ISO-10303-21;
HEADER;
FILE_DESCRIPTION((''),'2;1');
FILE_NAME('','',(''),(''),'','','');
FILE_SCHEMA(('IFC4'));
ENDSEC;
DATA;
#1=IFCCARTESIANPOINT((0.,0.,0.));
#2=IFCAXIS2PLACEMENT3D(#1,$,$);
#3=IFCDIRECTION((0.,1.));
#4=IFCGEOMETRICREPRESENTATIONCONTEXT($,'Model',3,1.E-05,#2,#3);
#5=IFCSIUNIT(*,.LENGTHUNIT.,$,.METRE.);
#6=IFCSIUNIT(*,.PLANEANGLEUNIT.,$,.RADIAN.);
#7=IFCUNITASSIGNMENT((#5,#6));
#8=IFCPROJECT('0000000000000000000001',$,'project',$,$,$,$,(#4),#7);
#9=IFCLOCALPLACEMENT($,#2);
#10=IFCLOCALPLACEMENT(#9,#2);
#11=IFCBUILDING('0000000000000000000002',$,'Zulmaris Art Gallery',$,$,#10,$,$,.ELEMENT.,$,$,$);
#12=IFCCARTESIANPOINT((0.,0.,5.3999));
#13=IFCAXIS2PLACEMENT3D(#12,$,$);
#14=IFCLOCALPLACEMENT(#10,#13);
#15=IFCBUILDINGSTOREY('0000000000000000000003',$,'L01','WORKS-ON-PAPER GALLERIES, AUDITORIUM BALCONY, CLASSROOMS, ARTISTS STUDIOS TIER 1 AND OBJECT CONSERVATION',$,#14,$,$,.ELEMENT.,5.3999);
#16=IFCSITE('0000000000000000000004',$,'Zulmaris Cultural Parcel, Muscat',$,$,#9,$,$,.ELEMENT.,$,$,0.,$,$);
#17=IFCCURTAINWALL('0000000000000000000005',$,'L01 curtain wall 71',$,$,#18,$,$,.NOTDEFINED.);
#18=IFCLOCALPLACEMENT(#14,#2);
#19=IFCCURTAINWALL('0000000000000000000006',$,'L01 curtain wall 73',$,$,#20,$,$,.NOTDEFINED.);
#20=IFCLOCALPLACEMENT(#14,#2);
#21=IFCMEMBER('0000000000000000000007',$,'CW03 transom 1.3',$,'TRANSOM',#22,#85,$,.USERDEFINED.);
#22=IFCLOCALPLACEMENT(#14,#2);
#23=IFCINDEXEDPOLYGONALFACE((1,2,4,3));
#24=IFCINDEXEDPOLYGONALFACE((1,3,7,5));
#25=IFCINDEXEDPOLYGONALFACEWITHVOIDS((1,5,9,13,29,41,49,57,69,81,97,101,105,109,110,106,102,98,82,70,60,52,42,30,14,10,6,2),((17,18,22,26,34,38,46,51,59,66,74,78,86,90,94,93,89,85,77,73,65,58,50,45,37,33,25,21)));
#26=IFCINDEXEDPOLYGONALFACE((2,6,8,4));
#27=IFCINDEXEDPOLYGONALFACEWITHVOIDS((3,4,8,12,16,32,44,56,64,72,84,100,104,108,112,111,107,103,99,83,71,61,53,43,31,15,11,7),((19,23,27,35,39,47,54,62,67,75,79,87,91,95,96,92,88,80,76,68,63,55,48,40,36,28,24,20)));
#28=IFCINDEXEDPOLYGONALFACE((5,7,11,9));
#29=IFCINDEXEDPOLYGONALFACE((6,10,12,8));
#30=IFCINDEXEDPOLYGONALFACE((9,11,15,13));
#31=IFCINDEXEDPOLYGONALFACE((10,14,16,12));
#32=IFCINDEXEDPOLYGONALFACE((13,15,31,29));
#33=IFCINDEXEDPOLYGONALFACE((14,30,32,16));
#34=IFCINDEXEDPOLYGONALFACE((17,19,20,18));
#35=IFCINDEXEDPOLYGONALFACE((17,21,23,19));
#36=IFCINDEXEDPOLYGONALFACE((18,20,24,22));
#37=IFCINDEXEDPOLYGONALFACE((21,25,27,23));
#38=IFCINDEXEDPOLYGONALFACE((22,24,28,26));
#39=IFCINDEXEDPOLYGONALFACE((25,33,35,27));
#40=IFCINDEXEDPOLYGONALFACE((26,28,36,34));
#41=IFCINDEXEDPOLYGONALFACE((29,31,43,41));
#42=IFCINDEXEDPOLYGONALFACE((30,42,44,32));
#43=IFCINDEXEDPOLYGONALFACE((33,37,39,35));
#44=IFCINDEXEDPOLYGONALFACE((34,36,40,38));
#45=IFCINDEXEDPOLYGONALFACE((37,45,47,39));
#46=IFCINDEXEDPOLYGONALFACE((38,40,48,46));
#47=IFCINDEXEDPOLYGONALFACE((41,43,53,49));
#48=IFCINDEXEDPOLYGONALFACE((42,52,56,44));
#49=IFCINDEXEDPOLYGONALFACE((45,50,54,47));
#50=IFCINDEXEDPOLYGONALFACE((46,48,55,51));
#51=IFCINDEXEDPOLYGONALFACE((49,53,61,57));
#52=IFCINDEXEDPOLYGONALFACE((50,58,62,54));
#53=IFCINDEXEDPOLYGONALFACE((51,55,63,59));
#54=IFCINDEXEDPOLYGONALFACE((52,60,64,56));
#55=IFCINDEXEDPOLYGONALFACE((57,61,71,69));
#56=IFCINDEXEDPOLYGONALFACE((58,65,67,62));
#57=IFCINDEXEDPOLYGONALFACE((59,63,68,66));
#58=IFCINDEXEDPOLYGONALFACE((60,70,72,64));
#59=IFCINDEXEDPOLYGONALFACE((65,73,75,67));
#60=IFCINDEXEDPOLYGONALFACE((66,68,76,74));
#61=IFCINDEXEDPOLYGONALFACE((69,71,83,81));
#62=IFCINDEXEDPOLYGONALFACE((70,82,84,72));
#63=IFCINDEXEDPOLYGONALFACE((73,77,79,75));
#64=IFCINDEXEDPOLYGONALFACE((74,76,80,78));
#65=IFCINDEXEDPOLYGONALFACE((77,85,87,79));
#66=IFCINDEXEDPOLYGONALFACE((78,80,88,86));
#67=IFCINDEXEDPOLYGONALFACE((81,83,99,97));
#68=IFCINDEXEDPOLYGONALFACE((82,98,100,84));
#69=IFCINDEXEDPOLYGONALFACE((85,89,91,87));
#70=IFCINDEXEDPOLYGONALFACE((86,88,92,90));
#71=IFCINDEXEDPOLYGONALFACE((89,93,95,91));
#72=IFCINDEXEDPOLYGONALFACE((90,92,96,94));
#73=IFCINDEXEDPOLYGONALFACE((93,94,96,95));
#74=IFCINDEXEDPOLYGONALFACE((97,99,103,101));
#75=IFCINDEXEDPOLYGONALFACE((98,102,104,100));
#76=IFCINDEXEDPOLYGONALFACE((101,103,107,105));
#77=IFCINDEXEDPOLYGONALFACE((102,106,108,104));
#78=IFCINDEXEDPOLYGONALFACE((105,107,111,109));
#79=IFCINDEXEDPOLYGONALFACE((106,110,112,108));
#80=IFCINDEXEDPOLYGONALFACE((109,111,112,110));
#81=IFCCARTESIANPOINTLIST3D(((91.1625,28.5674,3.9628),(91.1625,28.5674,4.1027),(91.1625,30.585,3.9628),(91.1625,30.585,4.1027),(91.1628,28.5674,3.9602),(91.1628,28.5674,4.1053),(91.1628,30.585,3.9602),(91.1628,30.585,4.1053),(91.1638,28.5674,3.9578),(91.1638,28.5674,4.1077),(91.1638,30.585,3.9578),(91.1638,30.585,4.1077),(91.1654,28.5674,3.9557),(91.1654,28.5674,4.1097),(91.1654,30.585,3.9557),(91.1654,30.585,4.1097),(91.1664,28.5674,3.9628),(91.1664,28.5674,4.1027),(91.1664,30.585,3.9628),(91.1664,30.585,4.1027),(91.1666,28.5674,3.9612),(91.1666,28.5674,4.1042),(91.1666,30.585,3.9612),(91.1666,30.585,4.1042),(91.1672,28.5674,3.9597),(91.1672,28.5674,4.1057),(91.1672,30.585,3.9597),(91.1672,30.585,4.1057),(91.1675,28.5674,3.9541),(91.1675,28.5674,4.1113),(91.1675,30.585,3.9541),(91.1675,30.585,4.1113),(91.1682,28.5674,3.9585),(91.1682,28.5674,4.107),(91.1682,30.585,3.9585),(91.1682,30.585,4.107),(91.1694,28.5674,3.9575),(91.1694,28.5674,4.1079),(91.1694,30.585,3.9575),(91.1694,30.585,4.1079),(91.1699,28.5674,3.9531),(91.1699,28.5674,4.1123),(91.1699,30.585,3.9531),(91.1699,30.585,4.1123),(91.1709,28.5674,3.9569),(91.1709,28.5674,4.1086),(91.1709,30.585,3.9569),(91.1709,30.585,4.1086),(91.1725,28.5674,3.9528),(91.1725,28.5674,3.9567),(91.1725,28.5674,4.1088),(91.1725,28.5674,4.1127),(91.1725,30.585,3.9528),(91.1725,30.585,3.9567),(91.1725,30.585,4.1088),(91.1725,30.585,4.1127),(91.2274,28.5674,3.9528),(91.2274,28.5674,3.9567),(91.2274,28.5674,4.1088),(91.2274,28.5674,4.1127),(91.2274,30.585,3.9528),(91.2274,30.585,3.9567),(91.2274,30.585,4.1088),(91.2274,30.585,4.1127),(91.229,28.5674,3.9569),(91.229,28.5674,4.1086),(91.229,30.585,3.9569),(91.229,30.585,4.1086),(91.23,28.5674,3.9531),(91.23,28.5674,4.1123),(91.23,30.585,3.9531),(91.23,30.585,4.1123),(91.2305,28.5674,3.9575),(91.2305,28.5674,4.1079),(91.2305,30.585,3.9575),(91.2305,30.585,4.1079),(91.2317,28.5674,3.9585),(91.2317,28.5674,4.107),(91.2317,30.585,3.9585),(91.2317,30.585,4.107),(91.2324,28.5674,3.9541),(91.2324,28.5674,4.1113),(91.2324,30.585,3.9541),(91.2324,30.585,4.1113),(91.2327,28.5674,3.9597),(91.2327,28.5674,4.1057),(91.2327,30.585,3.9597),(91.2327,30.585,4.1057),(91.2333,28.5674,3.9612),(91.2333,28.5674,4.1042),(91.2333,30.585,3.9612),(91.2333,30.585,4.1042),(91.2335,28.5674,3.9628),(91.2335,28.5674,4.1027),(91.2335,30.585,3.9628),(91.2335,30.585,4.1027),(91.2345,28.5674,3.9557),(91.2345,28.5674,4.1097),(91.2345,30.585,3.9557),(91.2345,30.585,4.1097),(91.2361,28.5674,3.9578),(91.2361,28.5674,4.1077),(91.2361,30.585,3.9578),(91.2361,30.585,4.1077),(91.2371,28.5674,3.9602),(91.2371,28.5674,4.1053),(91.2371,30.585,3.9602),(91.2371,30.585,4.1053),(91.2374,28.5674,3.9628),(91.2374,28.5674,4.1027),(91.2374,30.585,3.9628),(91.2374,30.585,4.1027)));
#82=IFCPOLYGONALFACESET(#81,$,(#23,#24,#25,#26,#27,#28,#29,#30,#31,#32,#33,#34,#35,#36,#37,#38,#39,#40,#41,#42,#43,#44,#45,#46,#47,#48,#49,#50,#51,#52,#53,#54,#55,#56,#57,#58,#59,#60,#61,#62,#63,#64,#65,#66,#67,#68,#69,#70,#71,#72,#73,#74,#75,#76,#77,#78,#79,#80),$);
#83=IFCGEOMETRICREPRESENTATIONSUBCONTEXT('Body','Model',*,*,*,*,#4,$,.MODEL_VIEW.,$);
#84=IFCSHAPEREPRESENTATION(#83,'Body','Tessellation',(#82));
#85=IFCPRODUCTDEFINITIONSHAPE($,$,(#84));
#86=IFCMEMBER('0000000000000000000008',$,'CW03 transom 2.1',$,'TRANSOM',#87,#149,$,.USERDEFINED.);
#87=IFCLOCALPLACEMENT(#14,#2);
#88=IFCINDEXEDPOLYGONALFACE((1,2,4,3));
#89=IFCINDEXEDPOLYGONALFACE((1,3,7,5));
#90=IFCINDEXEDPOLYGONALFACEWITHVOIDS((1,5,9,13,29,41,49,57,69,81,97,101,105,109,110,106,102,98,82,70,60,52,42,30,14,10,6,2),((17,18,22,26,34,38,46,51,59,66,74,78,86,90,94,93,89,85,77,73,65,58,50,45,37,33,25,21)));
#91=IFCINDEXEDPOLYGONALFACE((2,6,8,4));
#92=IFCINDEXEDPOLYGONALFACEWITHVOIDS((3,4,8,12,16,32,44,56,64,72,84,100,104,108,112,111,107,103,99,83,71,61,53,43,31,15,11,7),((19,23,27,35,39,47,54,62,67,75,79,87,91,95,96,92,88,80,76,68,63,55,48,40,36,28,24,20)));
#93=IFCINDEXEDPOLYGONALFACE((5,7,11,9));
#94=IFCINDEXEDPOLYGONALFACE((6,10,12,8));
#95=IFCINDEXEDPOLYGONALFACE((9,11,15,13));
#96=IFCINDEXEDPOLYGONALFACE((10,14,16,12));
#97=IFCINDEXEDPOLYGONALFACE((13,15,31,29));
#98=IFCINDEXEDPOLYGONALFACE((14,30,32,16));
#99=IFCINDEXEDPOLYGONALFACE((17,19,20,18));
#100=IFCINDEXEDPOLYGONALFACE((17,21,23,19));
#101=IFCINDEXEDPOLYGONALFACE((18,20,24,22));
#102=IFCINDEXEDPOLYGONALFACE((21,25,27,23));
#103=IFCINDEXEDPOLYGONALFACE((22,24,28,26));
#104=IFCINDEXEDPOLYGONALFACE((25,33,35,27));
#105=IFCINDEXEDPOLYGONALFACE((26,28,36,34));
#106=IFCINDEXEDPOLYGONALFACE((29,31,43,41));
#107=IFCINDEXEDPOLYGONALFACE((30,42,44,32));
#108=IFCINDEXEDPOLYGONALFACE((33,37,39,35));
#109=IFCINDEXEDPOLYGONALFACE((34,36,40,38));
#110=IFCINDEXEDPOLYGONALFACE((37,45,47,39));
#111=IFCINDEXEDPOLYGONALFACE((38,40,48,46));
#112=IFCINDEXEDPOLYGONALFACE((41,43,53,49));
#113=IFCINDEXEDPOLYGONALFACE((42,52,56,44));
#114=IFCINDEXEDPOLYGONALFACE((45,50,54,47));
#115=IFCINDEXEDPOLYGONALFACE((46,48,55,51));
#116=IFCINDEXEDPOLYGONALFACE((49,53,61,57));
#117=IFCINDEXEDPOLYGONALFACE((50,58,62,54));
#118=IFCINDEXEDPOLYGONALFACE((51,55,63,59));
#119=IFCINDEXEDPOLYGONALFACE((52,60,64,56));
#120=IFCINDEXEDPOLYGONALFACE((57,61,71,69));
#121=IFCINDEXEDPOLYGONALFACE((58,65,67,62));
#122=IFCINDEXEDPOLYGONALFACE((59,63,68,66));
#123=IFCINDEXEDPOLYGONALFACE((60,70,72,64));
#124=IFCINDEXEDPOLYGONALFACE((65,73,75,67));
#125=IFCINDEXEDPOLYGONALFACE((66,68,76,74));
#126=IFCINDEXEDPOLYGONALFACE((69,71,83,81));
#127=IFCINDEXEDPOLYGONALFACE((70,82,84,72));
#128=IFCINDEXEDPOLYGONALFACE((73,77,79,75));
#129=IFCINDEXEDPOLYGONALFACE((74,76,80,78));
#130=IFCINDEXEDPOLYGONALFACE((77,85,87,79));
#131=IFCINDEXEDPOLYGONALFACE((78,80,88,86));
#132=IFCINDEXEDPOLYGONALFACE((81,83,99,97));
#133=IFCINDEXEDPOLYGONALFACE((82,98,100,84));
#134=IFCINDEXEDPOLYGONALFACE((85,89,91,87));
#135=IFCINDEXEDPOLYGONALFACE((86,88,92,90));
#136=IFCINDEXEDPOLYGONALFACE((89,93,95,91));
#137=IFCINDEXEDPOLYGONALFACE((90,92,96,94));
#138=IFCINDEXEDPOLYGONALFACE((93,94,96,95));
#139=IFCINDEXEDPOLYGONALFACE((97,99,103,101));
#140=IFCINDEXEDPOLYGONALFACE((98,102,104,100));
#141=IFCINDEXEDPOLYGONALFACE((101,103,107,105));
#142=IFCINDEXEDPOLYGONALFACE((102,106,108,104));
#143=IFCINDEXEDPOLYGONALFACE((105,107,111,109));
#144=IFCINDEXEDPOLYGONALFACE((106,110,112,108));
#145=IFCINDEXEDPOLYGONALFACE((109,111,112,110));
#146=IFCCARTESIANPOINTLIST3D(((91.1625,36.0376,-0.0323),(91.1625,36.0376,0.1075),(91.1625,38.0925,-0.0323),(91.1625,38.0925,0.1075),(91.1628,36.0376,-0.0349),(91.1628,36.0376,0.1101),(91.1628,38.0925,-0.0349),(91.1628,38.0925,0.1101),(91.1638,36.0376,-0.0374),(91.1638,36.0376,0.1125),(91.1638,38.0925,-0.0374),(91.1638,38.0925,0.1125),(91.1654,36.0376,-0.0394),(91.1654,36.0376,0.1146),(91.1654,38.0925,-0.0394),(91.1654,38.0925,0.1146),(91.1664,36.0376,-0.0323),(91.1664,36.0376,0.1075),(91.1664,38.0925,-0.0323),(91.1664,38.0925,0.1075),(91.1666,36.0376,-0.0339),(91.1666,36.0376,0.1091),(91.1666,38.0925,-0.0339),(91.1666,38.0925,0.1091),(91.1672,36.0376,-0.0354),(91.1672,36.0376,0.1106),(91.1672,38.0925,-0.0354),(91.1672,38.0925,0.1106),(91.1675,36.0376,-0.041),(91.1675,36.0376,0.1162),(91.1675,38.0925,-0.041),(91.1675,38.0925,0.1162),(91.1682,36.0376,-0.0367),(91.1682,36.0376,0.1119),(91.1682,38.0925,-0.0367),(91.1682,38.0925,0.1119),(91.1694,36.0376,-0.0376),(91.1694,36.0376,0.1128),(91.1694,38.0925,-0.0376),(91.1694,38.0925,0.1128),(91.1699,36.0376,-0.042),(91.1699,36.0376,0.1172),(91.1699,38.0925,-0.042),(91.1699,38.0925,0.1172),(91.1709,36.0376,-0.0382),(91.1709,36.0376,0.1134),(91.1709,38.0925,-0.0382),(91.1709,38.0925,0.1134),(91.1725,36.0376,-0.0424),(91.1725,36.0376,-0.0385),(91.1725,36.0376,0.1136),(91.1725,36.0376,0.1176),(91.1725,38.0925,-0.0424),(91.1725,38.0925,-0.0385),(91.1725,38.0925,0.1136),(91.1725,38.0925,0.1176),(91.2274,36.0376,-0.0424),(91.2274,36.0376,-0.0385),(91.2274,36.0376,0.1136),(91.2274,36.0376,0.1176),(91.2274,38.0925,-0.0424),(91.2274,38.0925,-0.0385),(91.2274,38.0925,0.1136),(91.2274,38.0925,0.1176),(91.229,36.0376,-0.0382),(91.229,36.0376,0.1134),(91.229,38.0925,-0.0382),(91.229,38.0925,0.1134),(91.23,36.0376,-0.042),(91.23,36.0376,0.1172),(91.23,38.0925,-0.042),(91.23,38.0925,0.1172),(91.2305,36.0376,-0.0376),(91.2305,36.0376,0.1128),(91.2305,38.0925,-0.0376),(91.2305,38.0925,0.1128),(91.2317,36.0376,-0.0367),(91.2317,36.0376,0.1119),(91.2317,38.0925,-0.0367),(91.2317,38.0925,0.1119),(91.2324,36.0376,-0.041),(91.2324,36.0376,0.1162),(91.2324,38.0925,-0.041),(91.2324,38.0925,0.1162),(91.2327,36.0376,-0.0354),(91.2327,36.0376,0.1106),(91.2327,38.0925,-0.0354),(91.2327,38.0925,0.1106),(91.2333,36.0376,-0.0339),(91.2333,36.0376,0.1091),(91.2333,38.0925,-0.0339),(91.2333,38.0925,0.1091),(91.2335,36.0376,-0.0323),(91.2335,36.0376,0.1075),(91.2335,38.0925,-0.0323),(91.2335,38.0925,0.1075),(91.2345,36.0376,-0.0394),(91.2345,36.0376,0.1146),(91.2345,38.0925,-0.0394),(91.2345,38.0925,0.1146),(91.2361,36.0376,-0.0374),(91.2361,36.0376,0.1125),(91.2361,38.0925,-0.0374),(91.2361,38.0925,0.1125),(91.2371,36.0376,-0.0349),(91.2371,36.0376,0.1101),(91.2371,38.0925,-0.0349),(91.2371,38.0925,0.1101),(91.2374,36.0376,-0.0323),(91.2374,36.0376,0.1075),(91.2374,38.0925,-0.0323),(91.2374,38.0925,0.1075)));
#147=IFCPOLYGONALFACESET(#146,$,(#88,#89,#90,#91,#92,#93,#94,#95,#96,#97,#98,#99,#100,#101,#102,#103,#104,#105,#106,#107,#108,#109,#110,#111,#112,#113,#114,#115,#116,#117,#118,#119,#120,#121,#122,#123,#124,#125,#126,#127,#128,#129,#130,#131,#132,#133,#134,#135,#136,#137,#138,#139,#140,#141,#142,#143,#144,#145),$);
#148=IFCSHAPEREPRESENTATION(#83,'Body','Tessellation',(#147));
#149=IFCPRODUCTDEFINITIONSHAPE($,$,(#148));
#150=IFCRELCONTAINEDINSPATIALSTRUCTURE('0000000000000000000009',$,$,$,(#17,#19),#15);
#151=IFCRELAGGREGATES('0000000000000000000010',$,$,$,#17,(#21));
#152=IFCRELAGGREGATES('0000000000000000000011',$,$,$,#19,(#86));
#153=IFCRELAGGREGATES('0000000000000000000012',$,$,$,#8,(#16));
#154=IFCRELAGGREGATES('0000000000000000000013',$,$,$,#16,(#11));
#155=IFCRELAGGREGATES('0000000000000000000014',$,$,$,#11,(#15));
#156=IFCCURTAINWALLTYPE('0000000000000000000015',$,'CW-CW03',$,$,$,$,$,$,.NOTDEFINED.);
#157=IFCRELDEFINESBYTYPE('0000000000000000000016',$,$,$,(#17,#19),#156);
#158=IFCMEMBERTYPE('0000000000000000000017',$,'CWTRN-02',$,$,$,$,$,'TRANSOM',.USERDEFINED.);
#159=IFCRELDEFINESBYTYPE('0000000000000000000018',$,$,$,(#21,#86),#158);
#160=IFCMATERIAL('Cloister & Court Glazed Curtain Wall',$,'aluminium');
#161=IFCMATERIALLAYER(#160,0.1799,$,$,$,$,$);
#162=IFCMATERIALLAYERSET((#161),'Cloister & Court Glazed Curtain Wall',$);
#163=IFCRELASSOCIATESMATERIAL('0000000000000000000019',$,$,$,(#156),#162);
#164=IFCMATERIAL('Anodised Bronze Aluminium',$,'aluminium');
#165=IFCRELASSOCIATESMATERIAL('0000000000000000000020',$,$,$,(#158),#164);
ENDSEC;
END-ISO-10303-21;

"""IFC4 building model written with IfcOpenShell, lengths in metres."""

from ifc_helpers import new_model, si_unit, direction, frame, origin, origin_2d, place, context, subcontext, project, spatial, hollow_rectangle, extrude, material, layer, layer_set, material_profile, profile_set, type_object, element, aggregate, save


model = new_model("IFC4")

# Units and contexts
model_context = context("Model", 3, precision=1e-05, world=origin(), true_north=direction((0.0, 1.0)))
body_context = subcontext(model_context, "Body", "Model", "MODEL_VIEW")
ifc_project = project(units=[si_unit("LENGTHUNIT", "METRE"), si_unit("PLANEANGLEUNIT", "RADIAN")], contexts=[model_context])

# Site, building, storey
site_placement = place(None, origin())
site = spatial("IfcSite", under=ifc_project, at=site_placement, Name="Zulmaris Cultural Parcel, Muscat", CompositionType="ELEMENT", RefElevation=0.0)
building_placement = place(site_placement, origin())
building = spatial("IfcBuilding", under=site, at=building_placement, Name="Zulmaris Art Gallery", CompositionType="ELEMENT")
storey_placement = place(building_placement, frame((0.0, 0.0, 5.3999)))
storey = spatial("IfcBuildingStorey", under=building, at=storey_placement, Name="L01", Description="WORKS-ON-PAPER GALLERIES, AUDITORIUM BALCONY, CLASSROOMS, ARTISTS STUDIOS TIER 1 AND OBJECT CONSERVATION", CompositionType="ELEMENT", Elevation=5.3999)

# Curtain wall
ifc_material_1 = material(Name="Cloister & Court Glazed Curtain Wall", Category="aluminium")
ifc_layer_1 = layer(ifc_material_1, 0.1799)
ifc_layer_set_1 = layer_set([ifc_layer_1], Name="Cloister & Court Glazed Curtain Wall")
curtain_wall_type = type_object("IfcCurtainWallType", Name="CW-CW03", PredefinedType="NOTDEFINED", material=ifc_layer_set_1)
curtain_wall_1_placement = place(storey_placement, origin())
curtain_wall_1 = element("IfcCurtainWall", 1, at=curtain_wall_1_placement, inside=storey, type_object=curtain_wall_type, Name="L01 curtain wall 71", PredefinedType="NOTDEFINED")
ifc_material_2 = material(Name="Anodised Bronze Aluminium", Category="aluminium")

# Curtain wall
curtain_wall_2_placement = place(storey_placement, origin())
curtain_wall_2 = element("IfcCurtainWall", 2, at=curtain_wall_2_placement, inside=storey, type_object=curtain_wall_type, Name="L01 curtain wall 73", PredefinedType="NOTDEFINED")

# Members
ifc_material_profile_1 = material_profile(ifc_material_2, hollow_rectangle(XDim=0.075, YDim=0.1599, WallThickness=0.0039, InnerFilletRadius=0.0061, OuterFilletRadius=0.01, at=origin_2d()), Name="ALU 75x160x4")
ifc_profile_set_1 = profile_set([ifc_material_profile_1], Name="Anodised Bronze Aluminium")
member_type_1 = type_object("IfcMemberType", Name="CWTRN-02", ElementType="TRANSOM", PredefinedType="USERDEFINED", material=ifc_profile_set_1)
member_1_placement = place(storey_placement, frame((91.2, 30.585, 4.0327), z_axis=(0.0, -1.0, 0.0), x_axis=(1.0, 0.0, 0.0)))
member_1 = element("IfcMember", 3, at=member_1_placement, type_object=member_type_1, Name="CW03 transom 1.3", ObjectType="TRANSOM", PredefinedType="USERDEFINED", context=body_context, shape_type="SweptSolid", body=[
    extrude(hollow_rectangle(XDim=0.075, YDim=0.1599, WallThickness=0.0039, InnerFilletRadius=0.0061, OuterFilletRadius=0.01, at=origin_2d()), origin(), (0.0, 0.0, 1.0), 2.0176),
])
member_2_placement = place(storey_placement, frame((91.2, 38.0925, 0.0376), z_axis=(0.0, -1.0, 0.0), x_axis=(1.0, 0.0, 0.0)))
member_2 = element("IfcMember", 4, at=member_2_placement, type_object=member_type_1, Name="CW03 transom 2.1", ObjectType="TRANSOM", PredefinedType="USERDEFINED", context=body_context, shape_type="SweptSolid", body=[
    extrude(hollow_rectangle(XDim=0.075, YDim=0.1599, WallThickness=0.0039, InnerFilletRadius=0.0061, OuterFilletRadius=0.01, at=origin_2d()), origin(), (0.0, 0.0, 1.0), 2.0549),
])

aggregate(curtain_wall_1, [member_1])
aggregate(curtain_wall_2, [member_2])

save(model, "model.ifc")
